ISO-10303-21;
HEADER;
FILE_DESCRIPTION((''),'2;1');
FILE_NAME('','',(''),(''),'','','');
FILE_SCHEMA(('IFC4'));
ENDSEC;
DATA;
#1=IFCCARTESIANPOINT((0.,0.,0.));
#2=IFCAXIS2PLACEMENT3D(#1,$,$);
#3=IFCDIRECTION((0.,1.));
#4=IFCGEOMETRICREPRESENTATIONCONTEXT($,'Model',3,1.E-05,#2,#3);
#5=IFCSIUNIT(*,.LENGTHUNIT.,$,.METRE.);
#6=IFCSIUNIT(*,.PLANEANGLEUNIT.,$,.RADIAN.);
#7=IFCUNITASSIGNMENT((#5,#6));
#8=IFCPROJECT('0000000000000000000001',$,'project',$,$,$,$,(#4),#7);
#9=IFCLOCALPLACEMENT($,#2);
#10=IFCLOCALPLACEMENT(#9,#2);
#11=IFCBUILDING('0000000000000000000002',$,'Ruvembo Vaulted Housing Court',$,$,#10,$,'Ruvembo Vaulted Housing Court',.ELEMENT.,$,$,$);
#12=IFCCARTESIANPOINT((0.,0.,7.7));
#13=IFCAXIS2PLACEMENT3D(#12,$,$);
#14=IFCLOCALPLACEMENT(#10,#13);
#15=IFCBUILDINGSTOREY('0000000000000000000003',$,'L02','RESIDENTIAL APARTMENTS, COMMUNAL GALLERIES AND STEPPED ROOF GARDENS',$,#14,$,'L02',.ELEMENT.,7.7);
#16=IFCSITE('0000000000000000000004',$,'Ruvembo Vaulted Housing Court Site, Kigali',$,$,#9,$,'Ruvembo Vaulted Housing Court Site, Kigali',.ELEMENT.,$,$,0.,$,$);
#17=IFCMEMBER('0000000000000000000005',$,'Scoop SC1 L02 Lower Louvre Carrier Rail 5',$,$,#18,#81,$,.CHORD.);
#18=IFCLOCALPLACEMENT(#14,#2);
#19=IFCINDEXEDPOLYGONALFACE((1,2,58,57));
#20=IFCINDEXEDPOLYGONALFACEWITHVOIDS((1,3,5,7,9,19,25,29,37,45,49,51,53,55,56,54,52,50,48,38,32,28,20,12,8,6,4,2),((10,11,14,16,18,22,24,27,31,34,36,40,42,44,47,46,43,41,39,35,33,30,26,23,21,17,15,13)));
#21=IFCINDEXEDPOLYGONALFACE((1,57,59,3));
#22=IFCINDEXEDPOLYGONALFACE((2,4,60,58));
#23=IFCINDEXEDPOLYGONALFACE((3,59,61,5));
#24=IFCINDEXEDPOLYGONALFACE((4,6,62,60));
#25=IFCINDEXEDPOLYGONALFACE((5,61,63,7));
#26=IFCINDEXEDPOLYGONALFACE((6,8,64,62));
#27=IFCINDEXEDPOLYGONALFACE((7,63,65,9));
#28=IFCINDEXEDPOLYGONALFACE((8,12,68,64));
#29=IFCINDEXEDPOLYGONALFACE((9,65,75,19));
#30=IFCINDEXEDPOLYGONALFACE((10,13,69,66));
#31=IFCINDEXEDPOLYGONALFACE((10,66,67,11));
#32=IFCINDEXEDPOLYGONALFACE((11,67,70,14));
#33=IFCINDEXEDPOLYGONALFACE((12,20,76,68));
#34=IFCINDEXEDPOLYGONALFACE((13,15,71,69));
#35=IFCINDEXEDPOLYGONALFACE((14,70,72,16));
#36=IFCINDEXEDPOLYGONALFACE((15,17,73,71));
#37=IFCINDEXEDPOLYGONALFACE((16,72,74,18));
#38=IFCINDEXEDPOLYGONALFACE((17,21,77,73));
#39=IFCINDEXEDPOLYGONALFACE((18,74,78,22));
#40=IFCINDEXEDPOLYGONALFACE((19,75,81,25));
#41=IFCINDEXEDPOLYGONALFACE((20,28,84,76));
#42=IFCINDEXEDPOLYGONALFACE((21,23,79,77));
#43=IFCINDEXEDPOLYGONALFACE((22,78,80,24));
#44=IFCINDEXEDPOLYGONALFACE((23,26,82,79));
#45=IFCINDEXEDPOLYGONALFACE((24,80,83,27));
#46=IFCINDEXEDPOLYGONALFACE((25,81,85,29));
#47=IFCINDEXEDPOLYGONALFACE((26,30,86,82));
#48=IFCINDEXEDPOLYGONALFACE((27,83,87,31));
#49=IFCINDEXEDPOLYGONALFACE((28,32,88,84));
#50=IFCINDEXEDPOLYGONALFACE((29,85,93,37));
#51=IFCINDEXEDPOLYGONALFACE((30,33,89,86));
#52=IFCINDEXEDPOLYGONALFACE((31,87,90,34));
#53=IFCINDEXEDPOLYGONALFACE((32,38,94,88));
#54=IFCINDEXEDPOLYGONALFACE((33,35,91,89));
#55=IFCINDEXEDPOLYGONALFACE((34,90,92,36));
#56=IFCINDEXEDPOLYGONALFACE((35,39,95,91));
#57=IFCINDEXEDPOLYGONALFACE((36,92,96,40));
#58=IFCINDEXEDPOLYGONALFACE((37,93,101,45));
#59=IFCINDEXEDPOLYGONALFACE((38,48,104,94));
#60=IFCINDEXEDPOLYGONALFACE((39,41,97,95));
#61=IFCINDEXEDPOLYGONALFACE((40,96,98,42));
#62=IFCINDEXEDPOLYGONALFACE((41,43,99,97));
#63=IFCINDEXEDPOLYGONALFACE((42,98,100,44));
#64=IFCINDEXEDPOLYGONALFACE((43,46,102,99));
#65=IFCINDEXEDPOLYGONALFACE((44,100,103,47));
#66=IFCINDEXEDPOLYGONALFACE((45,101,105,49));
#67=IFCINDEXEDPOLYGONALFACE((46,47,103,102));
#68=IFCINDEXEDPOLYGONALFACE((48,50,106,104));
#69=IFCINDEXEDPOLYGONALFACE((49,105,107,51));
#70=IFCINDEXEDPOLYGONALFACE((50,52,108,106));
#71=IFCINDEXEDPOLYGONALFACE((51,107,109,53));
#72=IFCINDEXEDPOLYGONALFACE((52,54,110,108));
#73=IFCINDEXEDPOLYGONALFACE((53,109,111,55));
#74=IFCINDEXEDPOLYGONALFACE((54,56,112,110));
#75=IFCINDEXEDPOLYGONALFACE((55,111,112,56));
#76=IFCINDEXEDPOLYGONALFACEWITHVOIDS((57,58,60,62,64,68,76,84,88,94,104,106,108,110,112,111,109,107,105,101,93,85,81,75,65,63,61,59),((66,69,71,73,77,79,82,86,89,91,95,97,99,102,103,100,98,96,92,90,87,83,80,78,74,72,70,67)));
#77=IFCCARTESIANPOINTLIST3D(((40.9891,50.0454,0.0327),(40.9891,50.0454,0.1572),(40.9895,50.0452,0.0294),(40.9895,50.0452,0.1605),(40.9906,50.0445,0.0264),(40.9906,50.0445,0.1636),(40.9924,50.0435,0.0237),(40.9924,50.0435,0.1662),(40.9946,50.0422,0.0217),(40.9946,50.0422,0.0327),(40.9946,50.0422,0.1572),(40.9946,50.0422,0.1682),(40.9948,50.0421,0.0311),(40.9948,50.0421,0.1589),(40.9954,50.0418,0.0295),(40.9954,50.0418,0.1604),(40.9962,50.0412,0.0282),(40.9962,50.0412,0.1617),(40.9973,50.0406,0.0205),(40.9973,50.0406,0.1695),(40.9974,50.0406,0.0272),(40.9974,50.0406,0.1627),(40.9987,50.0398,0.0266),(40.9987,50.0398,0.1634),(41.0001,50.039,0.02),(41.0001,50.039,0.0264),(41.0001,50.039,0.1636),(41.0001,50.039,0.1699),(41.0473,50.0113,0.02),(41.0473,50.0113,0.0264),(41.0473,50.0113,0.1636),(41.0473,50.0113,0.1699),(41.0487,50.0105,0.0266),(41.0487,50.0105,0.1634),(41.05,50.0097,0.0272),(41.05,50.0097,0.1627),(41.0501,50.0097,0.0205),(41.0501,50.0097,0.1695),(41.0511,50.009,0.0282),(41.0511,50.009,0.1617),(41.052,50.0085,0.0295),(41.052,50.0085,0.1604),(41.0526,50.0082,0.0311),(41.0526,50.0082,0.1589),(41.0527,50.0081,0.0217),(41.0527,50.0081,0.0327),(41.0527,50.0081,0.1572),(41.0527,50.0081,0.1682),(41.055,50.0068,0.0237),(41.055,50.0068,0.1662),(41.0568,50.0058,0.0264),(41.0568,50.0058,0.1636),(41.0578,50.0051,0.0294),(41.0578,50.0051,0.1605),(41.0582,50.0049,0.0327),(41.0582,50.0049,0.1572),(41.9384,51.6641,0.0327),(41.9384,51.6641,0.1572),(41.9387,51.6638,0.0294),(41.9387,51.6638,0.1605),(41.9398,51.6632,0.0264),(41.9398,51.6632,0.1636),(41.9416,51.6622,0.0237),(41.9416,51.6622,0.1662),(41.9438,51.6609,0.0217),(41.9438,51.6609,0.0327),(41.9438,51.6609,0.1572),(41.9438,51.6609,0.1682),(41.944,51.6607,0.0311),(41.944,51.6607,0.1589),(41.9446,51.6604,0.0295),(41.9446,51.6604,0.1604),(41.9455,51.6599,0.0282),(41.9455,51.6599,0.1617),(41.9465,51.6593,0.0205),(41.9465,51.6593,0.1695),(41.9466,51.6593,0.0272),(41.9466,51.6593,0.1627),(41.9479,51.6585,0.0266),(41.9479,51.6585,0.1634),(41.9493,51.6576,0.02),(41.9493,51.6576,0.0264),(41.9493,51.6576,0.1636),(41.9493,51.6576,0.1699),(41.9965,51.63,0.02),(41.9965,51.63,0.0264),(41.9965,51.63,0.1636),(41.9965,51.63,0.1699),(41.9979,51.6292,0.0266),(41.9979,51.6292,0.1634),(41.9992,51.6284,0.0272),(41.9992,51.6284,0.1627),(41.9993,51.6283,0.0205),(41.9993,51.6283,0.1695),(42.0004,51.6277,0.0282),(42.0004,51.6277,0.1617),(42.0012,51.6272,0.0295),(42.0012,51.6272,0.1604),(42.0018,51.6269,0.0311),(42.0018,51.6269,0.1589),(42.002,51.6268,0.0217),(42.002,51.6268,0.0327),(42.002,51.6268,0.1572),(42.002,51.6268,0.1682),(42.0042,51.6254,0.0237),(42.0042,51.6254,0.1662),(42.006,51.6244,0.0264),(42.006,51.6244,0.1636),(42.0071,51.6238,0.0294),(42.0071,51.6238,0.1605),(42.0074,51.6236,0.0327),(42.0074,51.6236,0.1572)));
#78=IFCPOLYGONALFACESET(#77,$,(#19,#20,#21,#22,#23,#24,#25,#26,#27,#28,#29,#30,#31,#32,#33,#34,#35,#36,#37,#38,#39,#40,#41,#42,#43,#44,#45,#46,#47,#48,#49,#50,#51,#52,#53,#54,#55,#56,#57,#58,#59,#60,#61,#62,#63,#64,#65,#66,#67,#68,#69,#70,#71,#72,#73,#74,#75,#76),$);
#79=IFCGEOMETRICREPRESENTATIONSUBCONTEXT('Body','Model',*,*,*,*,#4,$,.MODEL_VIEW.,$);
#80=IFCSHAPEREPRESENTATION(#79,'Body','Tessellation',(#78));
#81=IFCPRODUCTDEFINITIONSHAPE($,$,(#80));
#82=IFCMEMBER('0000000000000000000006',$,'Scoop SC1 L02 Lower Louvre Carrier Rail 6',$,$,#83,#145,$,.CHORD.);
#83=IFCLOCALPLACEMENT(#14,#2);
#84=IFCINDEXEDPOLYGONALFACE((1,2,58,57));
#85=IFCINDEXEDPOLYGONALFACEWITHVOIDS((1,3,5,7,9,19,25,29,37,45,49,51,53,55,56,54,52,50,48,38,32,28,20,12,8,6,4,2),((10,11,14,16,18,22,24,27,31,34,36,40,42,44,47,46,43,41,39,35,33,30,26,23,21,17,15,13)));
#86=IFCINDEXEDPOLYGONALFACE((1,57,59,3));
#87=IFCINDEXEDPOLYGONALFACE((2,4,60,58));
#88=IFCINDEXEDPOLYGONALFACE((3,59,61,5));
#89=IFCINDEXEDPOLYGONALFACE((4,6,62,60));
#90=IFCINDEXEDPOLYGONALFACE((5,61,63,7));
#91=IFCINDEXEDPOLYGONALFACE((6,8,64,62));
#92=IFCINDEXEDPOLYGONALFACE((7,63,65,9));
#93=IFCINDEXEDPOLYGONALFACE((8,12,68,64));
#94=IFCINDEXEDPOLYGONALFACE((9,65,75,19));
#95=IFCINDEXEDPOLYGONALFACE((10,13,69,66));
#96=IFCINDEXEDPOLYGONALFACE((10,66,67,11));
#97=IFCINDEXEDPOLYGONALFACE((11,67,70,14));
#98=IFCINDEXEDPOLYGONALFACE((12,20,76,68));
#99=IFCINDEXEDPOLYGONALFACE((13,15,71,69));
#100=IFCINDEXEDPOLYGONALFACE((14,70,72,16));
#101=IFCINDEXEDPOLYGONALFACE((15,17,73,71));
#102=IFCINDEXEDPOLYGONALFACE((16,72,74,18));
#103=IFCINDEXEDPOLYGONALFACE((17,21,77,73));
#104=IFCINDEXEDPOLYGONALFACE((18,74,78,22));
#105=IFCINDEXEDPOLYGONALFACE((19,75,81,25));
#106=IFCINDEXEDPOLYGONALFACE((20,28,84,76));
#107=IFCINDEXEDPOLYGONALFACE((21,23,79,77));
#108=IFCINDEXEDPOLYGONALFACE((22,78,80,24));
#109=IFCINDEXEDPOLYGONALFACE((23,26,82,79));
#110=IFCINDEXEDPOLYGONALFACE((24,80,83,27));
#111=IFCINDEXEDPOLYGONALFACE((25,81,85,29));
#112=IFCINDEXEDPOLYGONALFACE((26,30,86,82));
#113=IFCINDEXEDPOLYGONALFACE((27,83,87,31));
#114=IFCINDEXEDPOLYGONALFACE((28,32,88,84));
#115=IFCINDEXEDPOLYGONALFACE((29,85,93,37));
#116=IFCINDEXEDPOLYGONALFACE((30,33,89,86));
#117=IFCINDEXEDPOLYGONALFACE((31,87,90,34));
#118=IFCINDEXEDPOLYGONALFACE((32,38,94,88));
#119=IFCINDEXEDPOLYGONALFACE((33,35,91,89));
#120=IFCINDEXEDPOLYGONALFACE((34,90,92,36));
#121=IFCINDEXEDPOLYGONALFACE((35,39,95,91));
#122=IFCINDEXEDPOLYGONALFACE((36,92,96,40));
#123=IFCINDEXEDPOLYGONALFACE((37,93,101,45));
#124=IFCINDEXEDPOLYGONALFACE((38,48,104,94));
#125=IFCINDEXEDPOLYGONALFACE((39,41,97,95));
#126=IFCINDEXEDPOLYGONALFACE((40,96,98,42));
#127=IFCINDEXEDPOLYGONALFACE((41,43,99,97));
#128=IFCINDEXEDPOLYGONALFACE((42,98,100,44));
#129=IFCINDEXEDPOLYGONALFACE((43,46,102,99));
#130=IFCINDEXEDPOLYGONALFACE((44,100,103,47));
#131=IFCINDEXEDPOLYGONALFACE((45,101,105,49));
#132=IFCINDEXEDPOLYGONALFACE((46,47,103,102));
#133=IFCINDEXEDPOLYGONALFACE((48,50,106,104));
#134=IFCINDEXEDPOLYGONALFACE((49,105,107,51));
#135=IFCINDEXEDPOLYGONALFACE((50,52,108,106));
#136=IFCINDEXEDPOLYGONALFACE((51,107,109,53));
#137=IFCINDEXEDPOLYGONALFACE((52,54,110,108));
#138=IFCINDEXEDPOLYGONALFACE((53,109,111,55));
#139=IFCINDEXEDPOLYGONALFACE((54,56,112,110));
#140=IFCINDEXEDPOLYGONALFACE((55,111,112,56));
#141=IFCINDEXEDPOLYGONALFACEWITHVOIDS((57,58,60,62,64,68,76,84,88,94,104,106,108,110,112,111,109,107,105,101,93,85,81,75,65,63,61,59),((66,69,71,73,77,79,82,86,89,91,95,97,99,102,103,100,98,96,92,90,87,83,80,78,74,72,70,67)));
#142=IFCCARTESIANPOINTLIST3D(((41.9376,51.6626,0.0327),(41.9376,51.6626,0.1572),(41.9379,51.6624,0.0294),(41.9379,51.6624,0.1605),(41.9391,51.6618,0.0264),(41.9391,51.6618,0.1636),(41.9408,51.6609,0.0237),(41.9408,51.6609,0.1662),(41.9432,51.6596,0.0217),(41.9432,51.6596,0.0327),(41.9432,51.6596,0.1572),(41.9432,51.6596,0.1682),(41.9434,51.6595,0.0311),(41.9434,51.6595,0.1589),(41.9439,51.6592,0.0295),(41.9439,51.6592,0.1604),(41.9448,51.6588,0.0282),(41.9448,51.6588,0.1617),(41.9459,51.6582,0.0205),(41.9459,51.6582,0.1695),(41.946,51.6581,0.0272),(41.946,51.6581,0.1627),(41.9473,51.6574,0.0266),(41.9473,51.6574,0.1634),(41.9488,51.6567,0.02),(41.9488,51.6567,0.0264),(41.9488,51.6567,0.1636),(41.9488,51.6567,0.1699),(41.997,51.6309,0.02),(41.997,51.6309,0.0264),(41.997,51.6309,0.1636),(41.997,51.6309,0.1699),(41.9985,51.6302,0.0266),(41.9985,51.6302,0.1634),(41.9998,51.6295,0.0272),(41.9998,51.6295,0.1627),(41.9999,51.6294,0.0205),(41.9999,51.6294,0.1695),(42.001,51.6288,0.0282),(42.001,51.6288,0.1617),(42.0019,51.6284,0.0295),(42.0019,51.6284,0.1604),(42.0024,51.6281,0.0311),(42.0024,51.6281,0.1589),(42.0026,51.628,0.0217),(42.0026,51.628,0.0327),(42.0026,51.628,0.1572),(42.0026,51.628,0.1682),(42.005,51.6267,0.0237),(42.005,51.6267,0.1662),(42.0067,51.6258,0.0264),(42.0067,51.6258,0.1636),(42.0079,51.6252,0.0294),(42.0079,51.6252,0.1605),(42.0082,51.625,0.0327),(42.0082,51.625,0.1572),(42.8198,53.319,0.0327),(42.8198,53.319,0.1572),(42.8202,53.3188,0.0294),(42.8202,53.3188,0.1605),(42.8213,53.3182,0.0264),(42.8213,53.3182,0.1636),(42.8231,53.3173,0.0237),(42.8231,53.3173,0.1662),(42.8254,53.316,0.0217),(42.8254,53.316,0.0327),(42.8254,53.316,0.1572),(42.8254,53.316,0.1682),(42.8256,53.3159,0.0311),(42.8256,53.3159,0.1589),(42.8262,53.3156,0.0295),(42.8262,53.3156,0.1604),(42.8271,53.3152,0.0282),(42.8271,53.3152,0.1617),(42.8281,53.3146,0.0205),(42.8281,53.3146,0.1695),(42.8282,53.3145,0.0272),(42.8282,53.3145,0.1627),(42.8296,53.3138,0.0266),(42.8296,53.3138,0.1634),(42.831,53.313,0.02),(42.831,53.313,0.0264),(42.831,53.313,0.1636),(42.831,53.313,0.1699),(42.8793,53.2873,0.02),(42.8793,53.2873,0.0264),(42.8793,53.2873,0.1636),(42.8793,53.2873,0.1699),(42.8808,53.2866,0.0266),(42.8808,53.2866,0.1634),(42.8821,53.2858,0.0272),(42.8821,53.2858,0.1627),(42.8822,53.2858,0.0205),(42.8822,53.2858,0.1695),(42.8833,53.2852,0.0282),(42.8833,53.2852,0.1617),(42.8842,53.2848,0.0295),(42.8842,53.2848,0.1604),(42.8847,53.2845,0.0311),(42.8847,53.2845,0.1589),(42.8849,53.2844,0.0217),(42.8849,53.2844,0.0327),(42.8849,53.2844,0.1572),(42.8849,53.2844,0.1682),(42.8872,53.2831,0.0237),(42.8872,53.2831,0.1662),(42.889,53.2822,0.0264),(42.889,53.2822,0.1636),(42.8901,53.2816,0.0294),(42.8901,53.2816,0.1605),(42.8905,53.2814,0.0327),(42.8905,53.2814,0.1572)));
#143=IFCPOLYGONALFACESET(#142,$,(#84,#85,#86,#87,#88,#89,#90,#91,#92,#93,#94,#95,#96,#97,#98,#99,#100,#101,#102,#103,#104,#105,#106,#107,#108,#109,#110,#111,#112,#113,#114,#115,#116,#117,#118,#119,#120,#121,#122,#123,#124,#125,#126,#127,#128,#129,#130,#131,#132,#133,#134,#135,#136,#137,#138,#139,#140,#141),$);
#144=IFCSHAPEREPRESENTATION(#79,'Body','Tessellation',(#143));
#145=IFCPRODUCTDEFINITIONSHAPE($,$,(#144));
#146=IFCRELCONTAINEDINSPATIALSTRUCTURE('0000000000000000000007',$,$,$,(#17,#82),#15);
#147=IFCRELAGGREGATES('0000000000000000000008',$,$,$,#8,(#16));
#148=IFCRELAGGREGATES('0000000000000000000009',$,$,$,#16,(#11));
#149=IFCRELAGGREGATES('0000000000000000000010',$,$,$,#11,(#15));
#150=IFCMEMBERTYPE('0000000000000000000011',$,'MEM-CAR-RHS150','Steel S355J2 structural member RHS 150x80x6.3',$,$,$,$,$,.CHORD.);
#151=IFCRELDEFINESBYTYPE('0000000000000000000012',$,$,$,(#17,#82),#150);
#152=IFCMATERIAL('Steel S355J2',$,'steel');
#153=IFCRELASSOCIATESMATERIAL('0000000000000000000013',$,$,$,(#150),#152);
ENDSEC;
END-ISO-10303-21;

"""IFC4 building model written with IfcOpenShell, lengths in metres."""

from ifc_helpers import new_model, si_unit, direction, frame, origin, origin_2d, place, context, subcontext, project, spatial, hollow_rectangle, extrude, material, material_profile, profile_set, type_object, element, save


model = new_model("IFC4")

# Units and contexts
model_context = context("Model", 3, precision=1e-05, world=origin(), true_north=direction((0.0, 1.0)))
body_context = subcontext(model_context, "Body", "Model", "MODEL_VIEW")
ifc_project = project(units=[si_unit("LENGTHUNIT", "METRE"), si_unit("PLANEANGLEUNIT", "RADIAN")], contexts=[model_context])

# Site, building, storey
site_placement = place(None, origin())
site = spatial("IfcSite", under=ifc_project, at=site_placement, Name="Ruvembo Vaulted Housing Court Site, Kigali", LongName="Ruvembo Vaulted Housing Court Site, Kigali", CompositionType="ELEMENT", RefElevation=0.0)
building_placement = place(site_placement, origin())
building = spatial("IfcBuilding", under=site, at=building_placement, Name="Ruvembo Vaulted Housing Court", LongName="Ruvembo Vaulted Housing Court", CompositionType="ELEMENT")
storey_placement = place(building_placement, frame((0.0, 0.0, 7.7)))
storey = spatial("IfcBuildingStorey", under=building, at=storey_placement, Name="L02", Description="RESIDENTIAL APARTMENTS, COMMUNAL GALLERIES AND STEPPED ROOF GARDENS", LongName="L02", CompositionType="ELEMENT", Elevation=7.7)

# Shared definitions
ifc_material_1 = material(Name="Steel S355J2", Category="steel")

# Members
ifc_material_profile_1 = material_profile(ifc_material_1, hollow_rectangle(XDim=0.0801, YDim=0.1499, WallThickness=0.0063, InnerFilletRadius=0.0063, OuterFilletRadius=0.0127, at=origin_2d()), Name="RHS 150x80x6.3")
ifc_profile_set_1 = profile_set([ifc_material_profile_1], Name="Steel S355J2")
member_type_1 = type_object("IfcMemberType", Name="MEM-CAR-RHS150", Description="Steel S355J2 structural member RHS 150x80x6.3", PredefinedType="CHORD", material=ifc_profile_set_1)
member_1_placement = place(storey_placement, frame((41.0237, 50.0251, 0.095), z_axis=(0.50586, 0.862616, 0.0), x_axis=(-0.862616, 0.50586, 0.0)))
element("IfcMember", 1, at=member_1_placement, inside=storey, type_object=member_type_1, Name="Scoop SC1 L02 Lower Louvre Carrier Rail 5", PredefinedType="CHORD", context=body_context, shape_type="SweptSolid", body=[
    extrude(hollow_rectangle(XDim=0.0801, YDim=0.1499, WallThickness=0.0063, InnerFilletRadius=0.0063, OuterFilletRadius=0.0127, at=origin_2d()), origin(), (0.0, 0.0, 1.0), 1.8765),
])
member_2_placement = place(storey_placement, frame((41.9729, 51.6438, 0.095), z_axis=(0.470116, 0.882605, 0.0), x_axis=(-0.882605, 0.470116, 0.0)))
element("IfcMember", 2, at=member_2_placement, inside=storey, type_object=member_type_1, Name="Scoop SC1 L02 Lower Louvre Carrier Rail 6", PredefinedType="CHORD", context=body_context, shape_type="SweptSolid", body=[
    extrude(hollow_rectangle(XDim=0.0801, YDim=0.1499, WallThickness=0.0063, InnerFilletRadius=0.0063, OuterFilletRadius=0.0127, at=origin_2d()), origin(), (0.0, 0.0, 1.0), 1.8767),
])

save(model, "model.ifc")
